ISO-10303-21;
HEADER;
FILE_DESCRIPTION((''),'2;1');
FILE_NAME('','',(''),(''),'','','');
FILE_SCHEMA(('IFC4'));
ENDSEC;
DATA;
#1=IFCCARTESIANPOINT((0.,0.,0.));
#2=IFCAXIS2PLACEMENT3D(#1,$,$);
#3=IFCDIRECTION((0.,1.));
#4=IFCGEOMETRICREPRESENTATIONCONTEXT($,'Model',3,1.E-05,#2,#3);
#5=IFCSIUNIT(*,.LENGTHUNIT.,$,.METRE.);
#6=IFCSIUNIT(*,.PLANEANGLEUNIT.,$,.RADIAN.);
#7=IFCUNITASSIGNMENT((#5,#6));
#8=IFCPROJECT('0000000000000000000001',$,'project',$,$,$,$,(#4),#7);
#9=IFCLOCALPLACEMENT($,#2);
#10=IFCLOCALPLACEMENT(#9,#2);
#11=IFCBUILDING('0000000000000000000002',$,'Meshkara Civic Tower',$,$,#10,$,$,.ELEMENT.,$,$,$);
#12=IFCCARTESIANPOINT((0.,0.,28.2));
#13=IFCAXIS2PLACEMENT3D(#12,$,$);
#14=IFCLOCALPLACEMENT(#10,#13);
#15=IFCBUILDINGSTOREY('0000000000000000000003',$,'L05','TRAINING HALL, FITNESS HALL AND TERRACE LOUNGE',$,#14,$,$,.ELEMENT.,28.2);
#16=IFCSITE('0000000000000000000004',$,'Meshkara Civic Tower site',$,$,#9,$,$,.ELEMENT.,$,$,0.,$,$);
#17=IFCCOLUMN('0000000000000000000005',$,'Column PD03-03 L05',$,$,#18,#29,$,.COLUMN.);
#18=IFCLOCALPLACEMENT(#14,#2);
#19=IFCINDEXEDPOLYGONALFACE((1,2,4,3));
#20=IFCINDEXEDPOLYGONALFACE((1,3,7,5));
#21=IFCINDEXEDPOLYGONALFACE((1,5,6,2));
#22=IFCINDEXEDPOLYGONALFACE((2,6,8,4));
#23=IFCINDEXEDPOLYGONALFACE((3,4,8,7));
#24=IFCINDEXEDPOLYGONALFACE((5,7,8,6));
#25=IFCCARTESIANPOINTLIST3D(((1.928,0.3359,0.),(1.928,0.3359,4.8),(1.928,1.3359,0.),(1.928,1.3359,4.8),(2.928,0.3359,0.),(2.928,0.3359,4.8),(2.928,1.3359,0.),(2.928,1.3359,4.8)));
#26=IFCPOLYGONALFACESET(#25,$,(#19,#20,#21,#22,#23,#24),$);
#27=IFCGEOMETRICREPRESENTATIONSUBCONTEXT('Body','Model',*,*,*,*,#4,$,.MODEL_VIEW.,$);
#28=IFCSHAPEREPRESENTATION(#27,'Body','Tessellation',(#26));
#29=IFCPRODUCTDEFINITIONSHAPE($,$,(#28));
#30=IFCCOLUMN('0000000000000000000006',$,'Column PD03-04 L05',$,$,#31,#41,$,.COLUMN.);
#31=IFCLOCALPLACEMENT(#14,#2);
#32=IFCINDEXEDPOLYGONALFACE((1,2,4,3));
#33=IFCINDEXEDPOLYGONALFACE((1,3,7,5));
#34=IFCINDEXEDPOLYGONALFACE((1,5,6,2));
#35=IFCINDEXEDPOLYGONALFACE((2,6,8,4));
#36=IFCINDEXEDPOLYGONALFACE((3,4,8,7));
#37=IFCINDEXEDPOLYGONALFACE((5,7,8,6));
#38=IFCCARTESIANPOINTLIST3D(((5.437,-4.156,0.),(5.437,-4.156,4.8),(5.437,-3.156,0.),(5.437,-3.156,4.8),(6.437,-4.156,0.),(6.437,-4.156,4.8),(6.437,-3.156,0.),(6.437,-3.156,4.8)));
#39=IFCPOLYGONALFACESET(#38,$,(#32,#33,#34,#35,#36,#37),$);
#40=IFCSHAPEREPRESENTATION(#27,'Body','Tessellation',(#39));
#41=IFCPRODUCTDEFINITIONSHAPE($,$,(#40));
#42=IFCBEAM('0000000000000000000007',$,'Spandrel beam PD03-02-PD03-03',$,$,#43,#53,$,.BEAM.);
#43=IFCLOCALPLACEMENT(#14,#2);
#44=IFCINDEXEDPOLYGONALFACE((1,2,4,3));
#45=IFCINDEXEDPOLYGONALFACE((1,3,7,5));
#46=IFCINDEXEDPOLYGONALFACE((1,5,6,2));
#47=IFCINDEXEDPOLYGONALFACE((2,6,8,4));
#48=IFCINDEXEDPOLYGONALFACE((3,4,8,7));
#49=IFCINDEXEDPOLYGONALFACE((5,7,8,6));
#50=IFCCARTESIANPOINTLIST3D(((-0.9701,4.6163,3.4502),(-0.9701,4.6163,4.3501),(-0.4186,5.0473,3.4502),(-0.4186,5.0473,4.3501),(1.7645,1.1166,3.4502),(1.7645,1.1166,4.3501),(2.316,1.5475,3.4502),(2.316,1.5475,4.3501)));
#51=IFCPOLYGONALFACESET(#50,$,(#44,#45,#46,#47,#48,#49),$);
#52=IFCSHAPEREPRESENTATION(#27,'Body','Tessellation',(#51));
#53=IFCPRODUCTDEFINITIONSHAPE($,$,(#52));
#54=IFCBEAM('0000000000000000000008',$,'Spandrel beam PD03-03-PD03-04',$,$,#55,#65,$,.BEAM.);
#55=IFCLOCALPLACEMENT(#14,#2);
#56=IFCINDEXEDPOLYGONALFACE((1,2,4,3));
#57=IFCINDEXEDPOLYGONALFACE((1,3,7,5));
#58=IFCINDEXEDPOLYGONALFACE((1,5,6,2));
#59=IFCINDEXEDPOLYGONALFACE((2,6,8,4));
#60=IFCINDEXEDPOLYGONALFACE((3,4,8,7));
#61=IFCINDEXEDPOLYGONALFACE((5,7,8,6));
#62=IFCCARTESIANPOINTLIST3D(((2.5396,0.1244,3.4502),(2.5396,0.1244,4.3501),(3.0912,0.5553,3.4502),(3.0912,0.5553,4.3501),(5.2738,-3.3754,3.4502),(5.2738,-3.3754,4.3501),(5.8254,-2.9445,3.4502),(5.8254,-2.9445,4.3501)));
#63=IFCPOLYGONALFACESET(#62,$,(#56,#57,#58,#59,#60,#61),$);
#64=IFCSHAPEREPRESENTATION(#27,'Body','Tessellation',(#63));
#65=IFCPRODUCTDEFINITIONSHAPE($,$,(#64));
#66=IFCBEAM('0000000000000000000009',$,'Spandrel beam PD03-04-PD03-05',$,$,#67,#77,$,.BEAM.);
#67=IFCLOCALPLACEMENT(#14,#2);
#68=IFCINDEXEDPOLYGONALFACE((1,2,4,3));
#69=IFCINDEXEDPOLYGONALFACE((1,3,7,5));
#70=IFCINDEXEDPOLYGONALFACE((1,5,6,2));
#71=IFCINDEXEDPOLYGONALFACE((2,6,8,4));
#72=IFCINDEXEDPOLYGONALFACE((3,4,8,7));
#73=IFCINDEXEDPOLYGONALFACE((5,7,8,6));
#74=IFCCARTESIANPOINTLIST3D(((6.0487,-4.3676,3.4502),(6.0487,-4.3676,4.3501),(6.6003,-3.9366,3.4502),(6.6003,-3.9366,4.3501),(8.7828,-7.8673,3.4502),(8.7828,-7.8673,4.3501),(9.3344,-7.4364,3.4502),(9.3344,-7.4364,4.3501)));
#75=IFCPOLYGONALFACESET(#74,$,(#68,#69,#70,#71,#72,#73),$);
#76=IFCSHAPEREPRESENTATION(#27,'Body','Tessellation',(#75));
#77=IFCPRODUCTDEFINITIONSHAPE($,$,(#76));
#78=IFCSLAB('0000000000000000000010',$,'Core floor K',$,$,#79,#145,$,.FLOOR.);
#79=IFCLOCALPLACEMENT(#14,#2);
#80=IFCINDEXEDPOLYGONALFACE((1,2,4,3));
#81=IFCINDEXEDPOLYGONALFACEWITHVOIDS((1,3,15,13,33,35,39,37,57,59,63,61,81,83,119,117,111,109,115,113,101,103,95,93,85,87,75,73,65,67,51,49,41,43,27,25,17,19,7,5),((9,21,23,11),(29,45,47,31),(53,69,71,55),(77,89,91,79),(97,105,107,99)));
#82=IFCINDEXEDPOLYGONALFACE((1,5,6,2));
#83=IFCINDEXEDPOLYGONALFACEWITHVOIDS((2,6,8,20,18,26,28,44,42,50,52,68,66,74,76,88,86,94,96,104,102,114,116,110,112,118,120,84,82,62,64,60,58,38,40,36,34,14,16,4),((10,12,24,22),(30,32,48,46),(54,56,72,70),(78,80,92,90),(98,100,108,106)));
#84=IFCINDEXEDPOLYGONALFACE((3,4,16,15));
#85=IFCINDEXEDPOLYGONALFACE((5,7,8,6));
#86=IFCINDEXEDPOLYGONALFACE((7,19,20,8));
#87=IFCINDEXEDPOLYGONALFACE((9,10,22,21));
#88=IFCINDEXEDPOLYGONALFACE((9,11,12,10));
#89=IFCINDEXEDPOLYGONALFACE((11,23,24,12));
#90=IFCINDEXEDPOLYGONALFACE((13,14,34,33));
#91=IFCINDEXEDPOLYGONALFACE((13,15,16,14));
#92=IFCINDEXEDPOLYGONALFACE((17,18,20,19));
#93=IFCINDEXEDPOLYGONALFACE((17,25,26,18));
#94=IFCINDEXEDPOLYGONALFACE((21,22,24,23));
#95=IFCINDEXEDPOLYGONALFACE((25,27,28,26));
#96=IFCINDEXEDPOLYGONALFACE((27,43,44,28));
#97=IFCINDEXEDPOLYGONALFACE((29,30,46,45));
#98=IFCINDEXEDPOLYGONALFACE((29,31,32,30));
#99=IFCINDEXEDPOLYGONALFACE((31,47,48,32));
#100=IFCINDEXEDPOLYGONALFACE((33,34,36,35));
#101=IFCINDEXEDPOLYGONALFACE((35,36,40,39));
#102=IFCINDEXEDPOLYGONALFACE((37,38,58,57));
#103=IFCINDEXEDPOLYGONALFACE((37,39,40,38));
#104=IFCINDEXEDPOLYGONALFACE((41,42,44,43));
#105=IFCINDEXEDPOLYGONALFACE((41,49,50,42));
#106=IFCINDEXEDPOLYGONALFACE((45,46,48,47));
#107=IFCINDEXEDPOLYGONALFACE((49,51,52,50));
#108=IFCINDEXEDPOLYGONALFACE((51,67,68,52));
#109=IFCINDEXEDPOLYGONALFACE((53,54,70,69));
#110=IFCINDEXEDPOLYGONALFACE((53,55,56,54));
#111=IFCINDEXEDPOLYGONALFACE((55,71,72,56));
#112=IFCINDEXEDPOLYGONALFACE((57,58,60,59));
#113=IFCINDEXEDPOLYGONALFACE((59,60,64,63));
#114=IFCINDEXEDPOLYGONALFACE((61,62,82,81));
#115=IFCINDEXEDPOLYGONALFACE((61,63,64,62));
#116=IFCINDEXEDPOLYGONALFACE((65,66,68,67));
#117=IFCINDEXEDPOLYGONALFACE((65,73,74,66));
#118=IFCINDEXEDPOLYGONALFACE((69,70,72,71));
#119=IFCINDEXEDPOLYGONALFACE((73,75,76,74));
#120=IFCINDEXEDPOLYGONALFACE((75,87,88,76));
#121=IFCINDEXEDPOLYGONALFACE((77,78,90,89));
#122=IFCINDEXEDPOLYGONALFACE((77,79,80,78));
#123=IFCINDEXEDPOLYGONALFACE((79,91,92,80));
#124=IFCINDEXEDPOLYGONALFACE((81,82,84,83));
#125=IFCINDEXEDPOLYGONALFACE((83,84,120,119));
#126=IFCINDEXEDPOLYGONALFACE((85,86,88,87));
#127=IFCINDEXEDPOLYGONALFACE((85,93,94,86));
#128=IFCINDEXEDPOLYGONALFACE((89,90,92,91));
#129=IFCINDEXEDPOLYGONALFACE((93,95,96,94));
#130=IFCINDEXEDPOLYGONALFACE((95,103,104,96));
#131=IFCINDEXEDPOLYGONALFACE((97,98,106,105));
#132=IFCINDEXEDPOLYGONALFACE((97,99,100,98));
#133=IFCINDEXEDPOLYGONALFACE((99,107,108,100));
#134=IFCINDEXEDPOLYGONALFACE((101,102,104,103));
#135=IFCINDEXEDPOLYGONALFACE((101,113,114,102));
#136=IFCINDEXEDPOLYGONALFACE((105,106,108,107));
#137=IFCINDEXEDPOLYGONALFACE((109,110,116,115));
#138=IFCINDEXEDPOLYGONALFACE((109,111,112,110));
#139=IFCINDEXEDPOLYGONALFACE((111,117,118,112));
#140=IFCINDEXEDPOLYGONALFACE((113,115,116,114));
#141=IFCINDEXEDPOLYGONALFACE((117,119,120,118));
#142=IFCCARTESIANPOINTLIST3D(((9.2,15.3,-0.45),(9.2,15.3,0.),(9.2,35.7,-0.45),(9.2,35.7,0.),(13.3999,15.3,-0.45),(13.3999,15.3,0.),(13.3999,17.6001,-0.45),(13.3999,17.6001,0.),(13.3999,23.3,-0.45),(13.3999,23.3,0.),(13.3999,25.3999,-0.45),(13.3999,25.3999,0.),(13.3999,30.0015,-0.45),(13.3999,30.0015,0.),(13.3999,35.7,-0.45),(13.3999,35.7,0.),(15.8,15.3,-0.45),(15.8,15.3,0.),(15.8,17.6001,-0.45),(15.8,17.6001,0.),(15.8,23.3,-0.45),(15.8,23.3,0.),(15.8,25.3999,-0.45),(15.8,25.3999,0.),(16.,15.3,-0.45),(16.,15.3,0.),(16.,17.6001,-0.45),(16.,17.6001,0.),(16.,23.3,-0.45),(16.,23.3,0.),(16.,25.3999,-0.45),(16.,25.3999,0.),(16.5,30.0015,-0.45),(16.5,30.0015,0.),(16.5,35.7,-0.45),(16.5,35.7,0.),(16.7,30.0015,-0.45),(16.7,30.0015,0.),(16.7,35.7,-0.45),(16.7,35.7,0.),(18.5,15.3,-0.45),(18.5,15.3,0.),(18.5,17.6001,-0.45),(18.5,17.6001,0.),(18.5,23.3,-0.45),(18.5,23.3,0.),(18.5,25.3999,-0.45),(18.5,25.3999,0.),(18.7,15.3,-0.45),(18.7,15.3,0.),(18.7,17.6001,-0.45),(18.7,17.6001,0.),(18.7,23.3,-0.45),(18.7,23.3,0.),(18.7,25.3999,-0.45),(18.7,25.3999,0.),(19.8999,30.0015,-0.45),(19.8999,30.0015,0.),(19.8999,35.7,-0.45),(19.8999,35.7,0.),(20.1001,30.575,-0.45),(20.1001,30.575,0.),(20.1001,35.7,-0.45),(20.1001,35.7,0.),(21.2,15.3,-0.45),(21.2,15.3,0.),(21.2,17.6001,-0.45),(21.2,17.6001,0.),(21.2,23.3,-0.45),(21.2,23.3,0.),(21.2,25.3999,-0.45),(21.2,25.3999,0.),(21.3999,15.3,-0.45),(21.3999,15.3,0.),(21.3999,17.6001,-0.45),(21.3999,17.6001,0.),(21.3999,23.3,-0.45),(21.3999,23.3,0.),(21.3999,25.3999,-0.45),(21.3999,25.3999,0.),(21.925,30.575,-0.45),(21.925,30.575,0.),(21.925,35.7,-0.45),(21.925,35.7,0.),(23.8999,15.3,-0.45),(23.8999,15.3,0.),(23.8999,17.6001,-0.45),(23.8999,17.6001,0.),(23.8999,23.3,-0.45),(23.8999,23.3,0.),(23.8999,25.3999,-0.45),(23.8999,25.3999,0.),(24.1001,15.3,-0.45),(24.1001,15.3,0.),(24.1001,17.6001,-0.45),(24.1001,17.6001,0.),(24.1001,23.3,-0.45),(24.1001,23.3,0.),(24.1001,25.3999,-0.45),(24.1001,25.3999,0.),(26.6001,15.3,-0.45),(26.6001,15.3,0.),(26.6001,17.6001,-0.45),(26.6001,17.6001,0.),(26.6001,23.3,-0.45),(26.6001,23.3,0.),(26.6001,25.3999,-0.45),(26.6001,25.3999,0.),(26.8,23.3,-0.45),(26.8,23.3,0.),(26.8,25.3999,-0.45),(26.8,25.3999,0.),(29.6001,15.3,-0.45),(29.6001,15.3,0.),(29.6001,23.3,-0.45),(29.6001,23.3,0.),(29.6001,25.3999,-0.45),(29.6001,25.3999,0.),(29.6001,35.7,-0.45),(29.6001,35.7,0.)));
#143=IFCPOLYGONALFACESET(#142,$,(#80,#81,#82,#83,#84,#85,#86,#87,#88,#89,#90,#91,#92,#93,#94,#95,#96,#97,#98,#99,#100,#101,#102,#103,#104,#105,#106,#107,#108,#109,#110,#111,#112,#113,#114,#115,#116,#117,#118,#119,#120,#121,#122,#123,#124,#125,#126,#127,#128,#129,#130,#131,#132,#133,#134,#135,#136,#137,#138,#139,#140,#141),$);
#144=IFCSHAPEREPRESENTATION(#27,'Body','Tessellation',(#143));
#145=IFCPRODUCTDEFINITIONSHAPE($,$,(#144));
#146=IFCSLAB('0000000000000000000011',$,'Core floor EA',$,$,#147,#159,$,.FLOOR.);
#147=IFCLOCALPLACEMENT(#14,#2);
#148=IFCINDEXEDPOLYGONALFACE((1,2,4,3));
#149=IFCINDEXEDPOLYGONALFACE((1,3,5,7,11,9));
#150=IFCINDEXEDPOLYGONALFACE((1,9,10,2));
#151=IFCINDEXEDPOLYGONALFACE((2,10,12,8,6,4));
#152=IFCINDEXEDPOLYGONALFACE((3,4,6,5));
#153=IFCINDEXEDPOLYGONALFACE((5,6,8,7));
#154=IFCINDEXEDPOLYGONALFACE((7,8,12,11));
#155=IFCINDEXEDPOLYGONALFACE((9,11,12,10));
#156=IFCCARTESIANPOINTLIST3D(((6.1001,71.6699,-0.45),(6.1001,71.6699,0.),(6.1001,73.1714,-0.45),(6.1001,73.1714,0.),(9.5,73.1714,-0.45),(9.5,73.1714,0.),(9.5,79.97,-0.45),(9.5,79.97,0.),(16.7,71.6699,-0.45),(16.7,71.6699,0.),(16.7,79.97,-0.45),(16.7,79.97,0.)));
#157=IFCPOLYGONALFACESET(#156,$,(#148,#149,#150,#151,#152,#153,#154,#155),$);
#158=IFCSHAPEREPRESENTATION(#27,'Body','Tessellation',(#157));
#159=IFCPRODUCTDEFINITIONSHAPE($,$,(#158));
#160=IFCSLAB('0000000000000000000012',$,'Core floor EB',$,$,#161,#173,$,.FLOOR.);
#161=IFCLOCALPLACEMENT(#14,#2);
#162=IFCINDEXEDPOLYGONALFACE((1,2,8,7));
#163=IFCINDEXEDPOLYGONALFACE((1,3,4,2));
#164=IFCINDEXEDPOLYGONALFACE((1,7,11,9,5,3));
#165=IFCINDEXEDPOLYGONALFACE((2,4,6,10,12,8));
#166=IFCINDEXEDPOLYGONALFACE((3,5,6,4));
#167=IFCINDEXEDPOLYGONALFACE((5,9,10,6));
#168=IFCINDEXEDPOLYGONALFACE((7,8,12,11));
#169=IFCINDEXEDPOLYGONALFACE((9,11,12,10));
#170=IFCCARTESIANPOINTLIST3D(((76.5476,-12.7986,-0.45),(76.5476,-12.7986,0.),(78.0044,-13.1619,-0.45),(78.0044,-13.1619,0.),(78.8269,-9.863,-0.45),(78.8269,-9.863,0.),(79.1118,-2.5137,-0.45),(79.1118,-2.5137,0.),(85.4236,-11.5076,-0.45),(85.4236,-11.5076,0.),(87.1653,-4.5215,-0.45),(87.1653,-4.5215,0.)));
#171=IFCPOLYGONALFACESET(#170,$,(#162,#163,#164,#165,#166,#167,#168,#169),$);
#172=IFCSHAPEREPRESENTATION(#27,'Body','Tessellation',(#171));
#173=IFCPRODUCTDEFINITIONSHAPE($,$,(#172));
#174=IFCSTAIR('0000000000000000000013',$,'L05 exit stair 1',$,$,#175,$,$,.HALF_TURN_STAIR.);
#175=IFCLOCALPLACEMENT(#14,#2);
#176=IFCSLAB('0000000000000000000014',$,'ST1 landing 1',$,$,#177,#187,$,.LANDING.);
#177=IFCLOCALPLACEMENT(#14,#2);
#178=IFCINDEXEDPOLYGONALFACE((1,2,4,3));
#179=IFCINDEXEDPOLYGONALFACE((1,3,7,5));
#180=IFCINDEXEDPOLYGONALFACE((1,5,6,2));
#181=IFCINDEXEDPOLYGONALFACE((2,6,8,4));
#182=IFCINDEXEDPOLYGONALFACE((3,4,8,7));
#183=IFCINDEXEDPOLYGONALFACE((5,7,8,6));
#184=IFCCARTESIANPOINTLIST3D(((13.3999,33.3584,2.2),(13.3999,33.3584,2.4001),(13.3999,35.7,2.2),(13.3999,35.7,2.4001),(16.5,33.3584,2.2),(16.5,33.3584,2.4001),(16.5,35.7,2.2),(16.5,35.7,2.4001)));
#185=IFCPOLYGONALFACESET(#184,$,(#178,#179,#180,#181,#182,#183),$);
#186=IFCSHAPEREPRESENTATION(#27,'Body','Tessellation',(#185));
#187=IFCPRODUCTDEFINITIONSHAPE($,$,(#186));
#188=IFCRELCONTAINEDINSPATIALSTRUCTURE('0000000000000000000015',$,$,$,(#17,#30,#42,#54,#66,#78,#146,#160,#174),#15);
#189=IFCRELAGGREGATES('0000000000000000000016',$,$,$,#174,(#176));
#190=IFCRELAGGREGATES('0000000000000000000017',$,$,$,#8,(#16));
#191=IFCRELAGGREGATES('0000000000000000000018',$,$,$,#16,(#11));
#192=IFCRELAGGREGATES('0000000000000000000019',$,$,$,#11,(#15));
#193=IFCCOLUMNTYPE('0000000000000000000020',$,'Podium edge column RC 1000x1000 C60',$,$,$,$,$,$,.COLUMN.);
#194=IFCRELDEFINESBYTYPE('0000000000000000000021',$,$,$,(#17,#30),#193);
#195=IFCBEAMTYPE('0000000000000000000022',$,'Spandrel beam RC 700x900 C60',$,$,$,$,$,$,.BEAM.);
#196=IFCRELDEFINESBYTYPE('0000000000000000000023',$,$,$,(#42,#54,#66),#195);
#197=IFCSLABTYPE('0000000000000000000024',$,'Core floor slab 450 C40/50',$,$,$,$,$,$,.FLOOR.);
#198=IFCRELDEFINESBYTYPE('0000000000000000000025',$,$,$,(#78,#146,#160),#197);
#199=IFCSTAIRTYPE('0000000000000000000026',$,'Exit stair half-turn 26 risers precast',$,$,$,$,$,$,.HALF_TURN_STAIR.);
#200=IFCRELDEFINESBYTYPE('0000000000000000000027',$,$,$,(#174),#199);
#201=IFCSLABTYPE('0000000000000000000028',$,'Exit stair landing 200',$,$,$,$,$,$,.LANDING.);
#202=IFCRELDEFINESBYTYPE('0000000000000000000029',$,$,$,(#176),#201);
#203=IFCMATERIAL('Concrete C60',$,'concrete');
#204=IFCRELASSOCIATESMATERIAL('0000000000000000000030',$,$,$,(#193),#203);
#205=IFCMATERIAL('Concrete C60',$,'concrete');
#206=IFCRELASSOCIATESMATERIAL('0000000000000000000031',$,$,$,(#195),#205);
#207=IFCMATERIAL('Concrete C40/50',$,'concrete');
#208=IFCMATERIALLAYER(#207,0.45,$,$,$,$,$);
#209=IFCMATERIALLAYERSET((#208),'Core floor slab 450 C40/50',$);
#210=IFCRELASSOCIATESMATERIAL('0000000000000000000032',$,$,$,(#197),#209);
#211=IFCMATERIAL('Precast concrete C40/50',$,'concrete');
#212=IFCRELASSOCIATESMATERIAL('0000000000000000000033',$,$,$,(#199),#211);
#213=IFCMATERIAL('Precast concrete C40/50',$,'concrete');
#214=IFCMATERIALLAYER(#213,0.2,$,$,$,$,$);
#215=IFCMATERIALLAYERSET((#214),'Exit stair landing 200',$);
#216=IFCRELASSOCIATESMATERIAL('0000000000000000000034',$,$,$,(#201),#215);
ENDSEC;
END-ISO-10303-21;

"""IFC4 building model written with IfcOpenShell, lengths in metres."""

from ifc_helpers import new_model, si_unit, direction, frame, origin, origin_2d, place, context, subcontext, project, spatial, polyline, rectangle, outline, extrude, material, layer, layer_set, material_profile, profile_set, type_object, element, aggregate, save


model = new_model("IFC4")

# Units and contexts
model_context = context("Model", 3, precision=1e-05, world=origin(), true_north=direction((0.0, 1.0)))
body_context = subcontext(model_context, "Body", "Model", "MODEL_VIEW")
ifc_project = project(units=[si_unit("LENGTHUNIT", "METRE"), si_unit("PLANEANGLEUNIT", "RADIAN")], contexts=[model_context])

# Site, building, storey
site_placement = place(None, origin())
site = spatial("IfcSite", under=ifc_project, at=site_placement, Name="Meshkara Civic Tower site", CompositionType="ELEMENT", RefElevation=0.0)
building_placement = place(site_placement, origin())
building = spatial("IfcBuilding", under=site, at=building_placement, Name="Meshkara Civic Tower", CompositionType="ELEMENT")
storey_placement = place(building_placement, frame((0.0, 0.0, 28.2)))
storey = spatial("IfcBuildingStorey", under=building, at=storey_placement, Name="L05", Description="TRAINING HALL, FITNESS HALL AND TERRACE LOUNGE", CompositionType="ELEMENT", Elevation=28.2)

# Columns
ifc_material_1 = material(Name="Concrete C60", Category="concrete")
ifc_material_profile_1 = material_profile(ifc_material_1, rectangle(XDim=1.0, YDim=1.0, at=origin_2d()))
ifc_profile_set_1 = profile_set([ifc_material_profile_1], Name="Concrete C60")
column_type = type_object("IfcColumnType", Name="Podium edge column RC 1000x1000 C60", PredefinedType="COLUMN", material=ifc_profile_set_1)
for number, where, z_axis, x_axis, name in (
    (1, (2.428, 0.8359, 0.0), (0.0, 0.0, 1.0), (1.0, 0.0, 0.0), "Column PD03-03 L05"),
    (2, (5.937, -3.656, 0.0), (0.0, 0.0, 1.0), (1.0, 0.0, 0.0), "Column PD03-04 L05"),
):
    element("IfcColumn", number, at=place(storey_placement, frame(where, z_axis=z_axis, x_axis=x_axis)), inside=storey, type_object=column_type, Name=name, PredefinedType="COLUMN", context=body_context, shape_type="SweptSolid", body=[
        extrude(rectangle(XDim=1.0, YDim=1.0, at=origin_2d()), origin(), (0.0, 0.0, 1.0), 4.8),
    ])

# Beams
ifc_material_2 = material(Name="Concrete C60", Category="concrete")
ifc_material_profile_2 = material_profile(ifc_material_2, rectangle(XDim=0.7, YDim=0.8999, at=origin_2d()))
ifc_profile_set_2 = profile_set([ifc_material_profile_2], Name="Concrete C60")
beam_type = type_object("IfcBeamType", Name="Spandrel beam RC 700x900 C60", PredefinedType="BEAM", material=ifc_profile_set_2)
beam_placement = place(storey_placement, frame((-0.6943, 4.8318, 3.9001), z_axis=(0.615705, -0.787977, 0.0), x_axis=(0.787977, 0.615705, 0.0)))
element("IfcBeam", 3, at=beam_placement, inside=storey, type_object=beam_type, Name="Spandrel beam PD03-02-PD03-03", PredefinedType="BEAM", context=body_context, shape_type="SweptSolid", body=[
    extrude(rectangle(XDim=0.7, YDim=0.8999, at=origin_2d()), origin(), (0.0, 0.0, 1.0), 4.4414),
])
for number, where, z_axis, x_axis, name in (
    (4, (2.8154, 0.3398, 3.9001), (0.615637, -0.78803, 0.0), (0.78803, 0.615637, 0.0), "Spandrel beam PD03-03-PD03-04"),
    (5, (6.3245, -4.1521, 3.9001), (0.615637, -0.78803, 0.0), (0.78803, 0.615637, 0.0), "Spandrel beam PD03-04-PD03-05"),
):
    element("IfcBeam", number, at=place(storey_placement, frame(where, z_axis=z_axis, x_axis=x_axis)), inside=storey, type_object=beam_type, Name=name, PredefinedType="BEAM", context=body_context, shape_type="SweptSolid", body=[
        extrude(rectangle(XDim=0.7, YDim=0.8999, at=origin_2d()), origin(), (0.0, 0.0, 1.0), 4.4412),
    ])

# Slabs
ifc_material_3 = material(Name="Concrete C40/50", Category="concrete")
ifc_layer_1 = layer(ifc_material_3, 0.45)
ifc_layer_set_1 = layer_set([ifc_layer_1], Name="Core floor slab 450 C40/50")
slab_type_1 = type_object("IfcSlabType", Name="Core floor slab 450 C40/50", PredefinedType="FLOOR", material=ifc_layer_set_1)
slab_1_placement = place(storey_placement, frame((0.0, 0.0, -0.45)))
element("IfcSlab", 6, at=slab_1_placement, inside=storey, type_object=slab_type_1, Name="Core floor K", PredefinedType="FLOOR", context=body_context, shape_type="SweptSolid", body=[
    extrude(outline(polyline([(9.2, 35.7), (13.3999, 35.7), (13.3999, 30.0015), (16.5, 30.0015), (16.5, 35.7), (16.7, 35.7), (16.7, 30.0015), (19.8999, 30.0015), (19.8999, 35.7), (20.1001, 35.7), (20.1001, 30.575), (21.925, 30.575), (21.925, 35.7), (29.6001, 35.7), (29.6001, 25.3999), (26.8, 25.3999), (26.8, 23.3), (29.6001, 23.3), (29.6001, 15.3), (26.6001, 15.3), (26.6001, 17.6001), (24.1001, 17.6001), (24.1001, 15.3), (23.8999, 15.3), (23.8999, 17.6001), (21.3999, 17.6001), (21.3999, 15.3), (21.2, 15.3), (21.2, 17.6001), (18.7, 17.6001), (18.7, 15.3), (18.5, 15.3), (18.5, 17.6001), (16.0, 17.6001), (16.0, 15.3), (15.8, 15.3), (15.8, 17.6001), (13.3999, 17.6001), (13.3999, 15.3), (9.2, 15.3), (9.2, 35.7)]), holes=[polyline([(13.3999, 25.3999), (13.3999, 23.3), (15.8, 23.3), (15.8, 25.3999), (13.3999, 25.3999)]), polyline([(18.5, 23.3), (18.5, 25.3999), (16.0, 25.3999), (16.0, 23.3), (18.5, 23.3)]), polyline([(18.7, 25.3999), (18.7, 23.3), (21.2, 23.3), (21.2, 25.3999), (18.7, 25.3999)]), polyline([(23.8999, 25.3999), (21.3999, 25.3999), (21.3999, 23.3), (23.8999, 23.3), (23.8999, 25.3999)]), polyline([(24.1001, 23.3), (26.6001, 23.3), (26.6001, 25.3999), (24.1001, 25.3999), (24.1001, 23.3)])]), origin(), (0.0, 0.0, 1.0), 0.45),
])
slab_2_placement = place(storey_placement, frame((0.0, 0.0, -0.45)))
element("IfcSlab", 7, at=slab_2_placement, inside=storey, type_object=slab_type_1, Name="Core floor EA", PredefinedType="FLOOR", context=body_context, shape_type="SweptSolid", body=[
    extrude(outline(polyline([(16.7, 71.6699), (16.7, 79.97), (9.5, 79.97), (9.5, 73.1714), (6.1001, 73.1714), (6.1001, 71.6699), (16.7, 71.6699)])), origin(), (0.0, 0.0, 1.0), 0.45),
])
slab_3_placement = place(storey_placement, frame((0.0, 0.0, -0.45)))
element("IfcSlab", 8, at=slab_3_placement, inside=storey, type_object=slab_type_1, Name="Core floor EB", PredefinedType="FLOOR", context=body_context, shape_type="SweptSolid", body=[
    extrude(outline(polyline([(79.1118, -2.5137), (87.1653, -4.5215), (85.4236, -11.5076), (78.8269, -9.863), (78.0044, -13.1619), (76.5476, -12.7986), (79.1118, -2.5137)])), origin(), (0.0, 0.0, 1.0), 0.45),
])

# Stair, slab
ifc_material_4 = material(Name="Precast concrete C40/50", Category="concrete")
stair_type_1 = type_object("IfcStairType", Name="Exit stair half-turn 26 risers precast", PredefinedType="HALF_TURN_STAIR", material=ifc_material_4)
stair_1_placement = place(storey_placement, origin())
stair_1 = element("IfcStair", 9, at=stair_1_placement, inside=storey, type_object=stair_type_1, Name="L05 exit stair 1", PredefinedType="HALF_TURN_STAIR")
ifc_material_5 = material(Name="Precast concrete C40/50", Category="concrete")
ifc_layer_2 = layer(ifc_material_5, 0.2)
ifc_layer_set_2 = layer_set([ifc_layer_2], Name="Exit stair landing 200")
slab_type_2 = type_object("IfcSlabType", Name="Exit stair landing 200", PredefinedType="LANDING", material=ifc_layer_set_2)
slab_4_placement = place(storey_placement, frame((0.0, 0.0, 2.2)))
slab_4 = element("IfcSlab", 10, at=slab_4_placement, type_object=slab_type_2, Name="ST1 landing 1", PredefinedType="LANDING", context=body_context, shape_type="SweptSolid", body=[
    extrude(outline(polyline([(16.5, 33.3584), (16.5, 35.7), (13.3999, 35.7), (13.3999, 33.3584), (16.5, 33.3584)])), origin(), (0.0, 0.0, 1.0), 0.2002),
])
aggregate(stair_1, [slab_4])

save(model, "model.ifc")
